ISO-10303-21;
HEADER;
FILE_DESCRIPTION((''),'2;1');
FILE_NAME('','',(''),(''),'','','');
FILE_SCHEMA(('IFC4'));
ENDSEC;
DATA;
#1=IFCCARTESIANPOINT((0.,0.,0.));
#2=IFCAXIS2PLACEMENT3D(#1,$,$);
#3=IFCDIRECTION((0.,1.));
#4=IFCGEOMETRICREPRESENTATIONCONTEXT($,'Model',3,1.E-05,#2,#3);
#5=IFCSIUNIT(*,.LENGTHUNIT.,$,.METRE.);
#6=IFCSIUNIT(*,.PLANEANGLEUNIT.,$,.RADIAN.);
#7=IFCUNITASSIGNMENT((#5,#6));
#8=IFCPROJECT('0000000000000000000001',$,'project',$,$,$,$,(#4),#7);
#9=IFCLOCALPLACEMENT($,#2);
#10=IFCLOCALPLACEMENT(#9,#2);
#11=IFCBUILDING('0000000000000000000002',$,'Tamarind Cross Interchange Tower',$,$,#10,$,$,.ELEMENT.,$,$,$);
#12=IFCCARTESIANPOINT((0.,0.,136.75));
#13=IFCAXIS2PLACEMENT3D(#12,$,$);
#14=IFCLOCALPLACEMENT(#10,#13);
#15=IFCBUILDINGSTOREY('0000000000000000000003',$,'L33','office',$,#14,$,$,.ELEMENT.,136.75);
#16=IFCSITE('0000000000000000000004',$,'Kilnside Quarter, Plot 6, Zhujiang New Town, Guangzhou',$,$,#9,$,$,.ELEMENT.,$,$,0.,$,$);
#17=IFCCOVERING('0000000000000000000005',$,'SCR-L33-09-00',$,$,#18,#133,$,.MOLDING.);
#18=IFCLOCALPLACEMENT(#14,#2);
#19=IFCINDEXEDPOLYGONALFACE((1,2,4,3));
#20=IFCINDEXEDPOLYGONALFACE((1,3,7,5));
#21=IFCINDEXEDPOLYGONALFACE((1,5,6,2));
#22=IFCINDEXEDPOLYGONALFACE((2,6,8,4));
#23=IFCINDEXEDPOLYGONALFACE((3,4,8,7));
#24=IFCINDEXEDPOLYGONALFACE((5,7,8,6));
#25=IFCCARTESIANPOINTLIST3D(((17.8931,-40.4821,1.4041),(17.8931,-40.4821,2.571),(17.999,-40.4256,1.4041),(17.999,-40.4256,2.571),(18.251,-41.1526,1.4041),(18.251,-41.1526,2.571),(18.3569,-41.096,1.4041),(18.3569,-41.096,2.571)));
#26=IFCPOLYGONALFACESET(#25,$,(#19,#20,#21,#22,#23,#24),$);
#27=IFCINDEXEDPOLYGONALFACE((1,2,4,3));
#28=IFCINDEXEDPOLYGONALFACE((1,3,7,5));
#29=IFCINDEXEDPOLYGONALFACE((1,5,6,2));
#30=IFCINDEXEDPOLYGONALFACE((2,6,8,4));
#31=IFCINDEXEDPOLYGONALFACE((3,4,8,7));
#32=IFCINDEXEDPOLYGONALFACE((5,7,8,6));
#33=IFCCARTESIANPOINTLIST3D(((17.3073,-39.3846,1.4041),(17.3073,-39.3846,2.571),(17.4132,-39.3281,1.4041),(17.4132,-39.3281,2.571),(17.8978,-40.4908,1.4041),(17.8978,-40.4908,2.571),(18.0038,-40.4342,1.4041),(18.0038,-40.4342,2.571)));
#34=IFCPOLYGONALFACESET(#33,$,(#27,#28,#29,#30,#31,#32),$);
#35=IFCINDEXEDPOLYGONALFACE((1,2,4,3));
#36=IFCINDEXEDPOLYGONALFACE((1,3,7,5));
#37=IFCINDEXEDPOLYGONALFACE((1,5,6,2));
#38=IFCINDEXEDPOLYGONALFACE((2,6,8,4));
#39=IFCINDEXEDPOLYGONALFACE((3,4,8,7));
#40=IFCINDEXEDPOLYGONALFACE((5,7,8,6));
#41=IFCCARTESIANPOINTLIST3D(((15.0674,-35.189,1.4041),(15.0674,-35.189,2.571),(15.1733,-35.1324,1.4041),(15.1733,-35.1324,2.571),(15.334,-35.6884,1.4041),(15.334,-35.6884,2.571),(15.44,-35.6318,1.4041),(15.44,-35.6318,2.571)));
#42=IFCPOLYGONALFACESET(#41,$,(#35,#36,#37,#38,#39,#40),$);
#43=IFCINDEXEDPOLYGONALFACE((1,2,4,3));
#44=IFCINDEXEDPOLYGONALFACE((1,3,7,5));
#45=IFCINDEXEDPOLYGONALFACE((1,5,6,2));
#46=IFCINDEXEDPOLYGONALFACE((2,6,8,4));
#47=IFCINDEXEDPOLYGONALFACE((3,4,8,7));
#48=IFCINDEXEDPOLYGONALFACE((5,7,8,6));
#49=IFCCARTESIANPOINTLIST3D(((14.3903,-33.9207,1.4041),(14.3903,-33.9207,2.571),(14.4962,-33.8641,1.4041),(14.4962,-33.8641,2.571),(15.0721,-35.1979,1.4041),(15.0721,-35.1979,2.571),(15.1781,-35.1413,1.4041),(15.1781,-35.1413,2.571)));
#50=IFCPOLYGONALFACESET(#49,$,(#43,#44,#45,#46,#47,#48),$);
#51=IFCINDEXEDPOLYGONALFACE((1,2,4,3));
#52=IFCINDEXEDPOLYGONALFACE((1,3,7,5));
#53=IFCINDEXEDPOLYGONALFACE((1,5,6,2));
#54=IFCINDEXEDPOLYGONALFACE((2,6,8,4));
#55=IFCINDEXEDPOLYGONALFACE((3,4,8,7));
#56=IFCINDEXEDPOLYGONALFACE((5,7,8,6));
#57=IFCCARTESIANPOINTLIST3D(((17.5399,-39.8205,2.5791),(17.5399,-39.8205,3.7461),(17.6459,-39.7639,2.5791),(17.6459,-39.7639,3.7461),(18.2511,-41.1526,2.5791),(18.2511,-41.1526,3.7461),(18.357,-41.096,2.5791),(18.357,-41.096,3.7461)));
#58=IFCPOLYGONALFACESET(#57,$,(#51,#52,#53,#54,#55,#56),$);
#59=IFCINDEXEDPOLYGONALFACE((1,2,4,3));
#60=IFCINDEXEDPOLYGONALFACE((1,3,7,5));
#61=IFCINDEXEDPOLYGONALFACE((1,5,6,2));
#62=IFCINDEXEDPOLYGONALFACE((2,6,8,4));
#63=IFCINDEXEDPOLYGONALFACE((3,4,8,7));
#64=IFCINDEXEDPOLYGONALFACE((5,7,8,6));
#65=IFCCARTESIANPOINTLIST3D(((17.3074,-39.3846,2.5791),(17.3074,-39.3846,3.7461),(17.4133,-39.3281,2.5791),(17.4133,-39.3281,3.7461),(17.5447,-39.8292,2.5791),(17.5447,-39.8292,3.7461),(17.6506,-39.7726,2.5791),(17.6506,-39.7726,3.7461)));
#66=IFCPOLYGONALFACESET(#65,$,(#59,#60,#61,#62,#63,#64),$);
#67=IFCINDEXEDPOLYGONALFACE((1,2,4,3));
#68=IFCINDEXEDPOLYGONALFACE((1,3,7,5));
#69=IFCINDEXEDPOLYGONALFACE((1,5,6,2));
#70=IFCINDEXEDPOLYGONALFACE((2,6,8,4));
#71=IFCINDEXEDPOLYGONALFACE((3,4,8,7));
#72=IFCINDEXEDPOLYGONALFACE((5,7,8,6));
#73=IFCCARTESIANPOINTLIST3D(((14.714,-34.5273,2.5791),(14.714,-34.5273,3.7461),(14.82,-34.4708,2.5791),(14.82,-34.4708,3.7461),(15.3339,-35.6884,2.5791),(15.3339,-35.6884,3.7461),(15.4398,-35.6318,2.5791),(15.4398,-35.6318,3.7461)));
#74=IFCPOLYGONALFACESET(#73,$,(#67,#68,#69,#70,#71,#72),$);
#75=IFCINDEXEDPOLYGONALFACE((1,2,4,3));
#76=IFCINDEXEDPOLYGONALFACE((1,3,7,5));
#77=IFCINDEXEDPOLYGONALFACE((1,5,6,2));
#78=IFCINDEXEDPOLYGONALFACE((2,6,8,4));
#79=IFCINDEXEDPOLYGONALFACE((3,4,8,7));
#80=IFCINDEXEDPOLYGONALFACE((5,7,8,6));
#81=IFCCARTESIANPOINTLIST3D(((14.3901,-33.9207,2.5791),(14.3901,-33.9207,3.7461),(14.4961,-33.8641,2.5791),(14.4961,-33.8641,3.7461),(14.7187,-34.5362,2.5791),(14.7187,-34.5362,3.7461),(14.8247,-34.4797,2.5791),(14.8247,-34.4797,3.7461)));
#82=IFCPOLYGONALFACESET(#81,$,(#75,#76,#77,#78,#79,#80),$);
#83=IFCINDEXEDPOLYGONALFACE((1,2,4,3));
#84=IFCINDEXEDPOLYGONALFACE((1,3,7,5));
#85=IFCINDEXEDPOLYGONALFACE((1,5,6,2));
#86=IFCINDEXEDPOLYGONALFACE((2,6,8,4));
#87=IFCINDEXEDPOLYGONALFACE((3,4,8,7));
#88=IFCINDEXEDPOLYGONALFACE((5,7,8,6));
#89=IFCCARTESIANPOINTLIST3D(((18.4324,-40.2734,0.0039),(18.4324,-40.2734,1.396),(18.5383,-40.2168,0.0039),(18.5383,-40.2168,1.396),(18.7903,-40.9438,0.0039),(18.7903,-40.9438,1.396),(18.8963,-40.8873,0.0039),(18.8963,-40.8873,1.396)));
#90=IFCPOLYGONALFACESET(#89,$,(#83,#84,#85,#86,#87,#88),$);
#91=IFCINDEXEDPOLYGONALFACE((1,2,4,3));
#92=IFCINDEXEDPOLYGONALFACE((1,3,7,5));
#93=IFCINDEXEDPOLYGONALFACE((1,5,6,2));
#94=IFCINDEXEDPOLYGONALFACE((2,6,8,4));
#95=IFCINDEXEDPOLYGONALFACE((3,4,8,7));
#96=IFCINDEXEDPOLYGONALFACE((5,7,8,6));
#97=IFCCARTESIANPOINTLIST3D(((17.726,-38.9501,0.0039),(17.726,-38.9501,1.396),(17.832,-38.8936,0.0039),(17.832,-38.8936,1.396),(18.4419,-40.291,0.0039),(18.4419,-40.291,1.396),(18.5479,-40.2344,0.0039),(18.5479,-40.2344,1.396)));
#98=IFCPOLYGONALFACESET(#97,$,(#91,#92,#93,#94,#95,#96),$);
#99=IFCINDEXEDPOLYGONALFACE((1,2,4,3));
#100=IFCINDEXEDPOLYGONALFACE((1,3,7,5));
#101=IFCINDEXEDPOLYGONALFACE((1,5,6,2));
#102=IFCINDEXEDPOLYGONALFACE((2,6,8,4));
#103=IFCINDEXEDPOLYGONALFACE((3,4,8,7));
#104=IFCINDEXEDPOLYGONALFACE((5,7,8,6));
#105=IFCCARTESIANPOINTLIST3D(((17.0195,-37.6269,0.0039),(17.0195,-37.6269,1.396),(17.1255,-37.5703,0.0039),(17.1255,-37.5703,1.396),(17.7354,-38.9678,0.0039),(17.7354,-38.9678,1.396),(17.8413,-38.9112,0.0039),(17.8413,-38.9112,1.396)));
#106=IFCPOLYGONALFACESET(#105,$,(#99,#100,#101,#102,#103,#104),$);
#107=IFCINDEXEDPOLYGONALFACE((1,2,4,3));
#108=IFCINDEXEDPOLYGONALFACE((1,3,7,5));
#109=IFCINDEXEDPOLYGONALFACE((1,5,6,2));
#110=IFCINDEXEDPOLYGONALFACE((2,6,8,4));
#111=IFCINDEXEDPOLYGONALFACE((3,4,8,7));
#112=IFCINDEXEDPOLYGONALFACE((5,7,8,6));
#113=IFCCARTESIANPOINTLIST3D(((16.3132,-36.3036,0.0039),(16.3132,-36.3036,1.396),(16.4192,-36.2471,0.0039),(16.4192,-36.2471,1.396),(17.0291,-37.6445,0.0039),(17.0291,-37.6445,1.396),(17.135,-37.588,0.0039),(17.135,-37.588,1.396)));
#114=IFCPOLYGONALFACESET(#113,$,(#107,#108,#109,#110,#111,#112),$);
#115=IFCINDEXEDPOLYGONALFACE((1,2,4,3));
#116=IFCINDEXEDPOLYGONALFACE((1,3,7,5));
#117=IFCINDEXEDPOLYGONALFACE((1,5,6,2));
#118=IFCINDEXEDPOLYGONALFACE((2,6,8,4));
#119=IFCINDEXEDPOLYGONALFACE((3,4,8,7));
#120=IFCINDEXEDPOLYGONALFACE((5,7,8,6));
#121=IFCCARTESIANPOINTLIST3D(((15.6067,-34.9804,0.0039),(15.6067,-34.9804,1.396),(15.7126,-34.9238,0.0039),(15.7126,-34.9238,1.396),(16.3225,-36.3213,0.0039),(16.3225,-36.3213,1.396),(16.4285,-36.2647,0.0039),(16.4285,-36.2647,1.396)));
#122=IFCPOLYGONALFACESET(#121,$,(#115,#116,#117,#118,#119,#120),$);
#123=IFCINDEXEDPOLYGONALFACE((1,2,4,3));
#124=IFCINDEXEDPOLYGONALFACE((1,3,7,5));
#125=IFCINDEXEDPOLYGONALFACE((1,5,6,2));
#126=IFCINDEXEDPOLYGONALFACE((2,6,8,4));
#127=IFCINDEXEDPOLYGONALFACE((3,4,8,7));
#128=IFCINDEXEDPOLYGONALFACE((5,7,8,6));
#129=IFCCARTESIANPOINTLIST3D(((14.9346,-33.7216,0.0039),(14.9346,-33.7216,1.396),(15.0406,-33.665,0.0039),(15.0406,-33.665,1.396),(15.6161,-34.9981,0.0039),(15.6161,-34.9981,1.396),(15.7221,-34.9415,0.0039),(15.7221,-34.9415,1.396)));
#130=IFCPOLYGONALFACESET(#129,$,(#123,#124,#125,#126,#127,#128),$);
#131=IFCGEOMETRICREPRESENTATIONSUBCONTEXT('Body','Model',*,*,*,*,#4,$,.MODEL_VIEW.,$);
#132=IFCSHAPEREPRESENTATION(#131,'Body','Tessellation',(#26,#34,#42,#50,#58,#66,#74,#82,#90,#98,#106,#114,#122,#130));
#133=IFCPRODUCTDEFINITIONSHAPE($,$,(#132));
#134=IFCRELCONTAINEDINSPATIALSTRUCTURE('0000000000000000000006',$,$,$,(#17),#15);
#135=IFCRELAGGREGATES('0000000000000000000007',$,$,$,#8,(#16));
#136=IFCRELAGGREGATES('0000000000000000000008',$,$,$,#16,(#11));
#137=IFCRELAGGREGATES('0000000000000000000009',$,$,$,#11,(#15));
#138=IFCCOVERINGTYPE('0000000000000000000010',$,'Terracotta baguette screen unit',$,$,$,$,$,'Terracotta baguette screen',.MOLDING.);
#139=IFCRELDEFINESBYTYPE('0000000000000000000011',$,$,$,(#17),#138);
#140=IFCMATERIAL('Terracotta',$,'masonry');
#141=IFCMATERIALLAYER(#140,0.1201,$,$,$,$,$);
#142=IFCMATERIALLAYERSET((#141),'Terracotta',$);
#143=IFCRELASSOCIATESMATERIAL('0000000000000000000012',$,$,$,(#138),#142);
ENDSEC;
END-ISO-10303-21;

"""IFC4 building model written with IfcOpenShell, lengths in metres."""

from ifc_helpers import new_model, si_unit, direction, frame, origin, origin_2d, place, context, subcontext, project, spatial, rectangle, extrude, material, layer, layer_set, type_object, element, save


model = new_model("IFC4")

# Units and contexts
model_context = context("Model", 3, precision=1e-05, world=origin(), true_north=direction((0.0, 1.0)))
body_context = subcontext(model_context, "Body", "Model", "MODEL_VIEW")
ifc_project = project(units=[si_unit("LENGTHUNIT", "METRE"), si_unit("PLANEANGLEUNIT", "RADIAN")], contexts=[model_context])

# Site, building, storey
site_placement = place(None, origin())
site = spatial("IfcSite", under=ifc_project, at=site_placement, Name="Kilnside Quarter, Plot 6, Zhujiang New Town, Guangzhou", CompositionType="ELEMENT", RefElevation=0.0)
building_placement = place(site_placement, origin())
building = spatial("IfcBuilding", under=site, at=building_placement, Name="Tamarind Cross Interchange Tower", CompositionType="ELEMENT")
storey_placement = place(building_placement, frame((0.0, 0.0, 136.75)))
storey = spatial("IfcBuildingStorey", under=building, at=storey_placement, Name="L33", Description="office", CompositionType="ELEMENT", Elevation=136.75)

# Covering
ifc_material_1 = material(Name="Terracotta", Category="masonry")
ifc_layer_1 = layer(ifc_material_1, 0.1201)
ifc_layer_set_1 = layer_set([ifc_layer_1], Name="Terracotta")
covering_type = type_object("IfcCoveringType", Name="Terracotta baguette screen unit", ElementType="Terracotta baguette screen", PredefinedType="MOLDING", material=ifc_layer_set_1)
covering_1_placement = place(storey_placement, origin())
element("IfcCovering", 1, at=covering_1_placement, inside=storey, type_object=covering_type, Name="SCR-L33-09-00", PredefinedType="MOLDING", context=body_context, shape_type="SweptSolid", body=[
    extrude(rectangle(XDim=0.76, YDim=0.1201, at=origin_2d()), frame((18.125, -40.7891, 1.4041), z_axis=(0.0, 0.0, 1.0), x_axis=(-0.470959, 0.882155, 0.0)), (0.0, 0.0, 1.0), 1.167),
    extrude(rectangle(XDim=1.2539, YDim=0.1201, at=origin_2d()), frame((17.6555, -39.9094, 1.4041), z_axis=(0.0, 0.0, 1.0), x_axis=(-0.470959, 0.882155, 0.0)), (0.0, 0.0, 1.0), 1.167),
    extrude(rectangle(XDim=0.5662, YDim=0.1201, at=origin_2d()), frame((15.2537, -35.4104, 1.4041), z_axis=(0.0, 0.0, 1.0), x_axis=(-0.470959, 0.882155, 0.0)), (0.0, 0.0, 1.0), 1.167),
    extrude(rectangle(XDim=1.4478, YDim=0.1201, at=origin_2d()), frame((14.7842, -34.531, 1.4041), z_axis=(0.0, 0.0, 1.0), x_axis=(-0.470959, 0.882155, 0.0)), (0.0, 0.0, 1.0), 1.167),
    extrude(rectangle(XDim=1.51, YDim=0.1201, at=origin_2d()), frame((17.9485, -40.4583, 2.5791), z_axis=(0.0, 0.0, 1.0), x_axis=(-0.470959, 0.882155, 0.0)), (0.0, 0.0, 1.0), 1.167),
    extrude(rectangle(XDim=0.5039, YDim=0.1201, at=origin_2d()), frame((17.479, -39.5786, 2.5791), z_axis=(0.0, 0.0, 1.0), x_axis=(-0.470959, 0.882155, 0.0)), (0.0, 0.0, 1.0), 1.167),
    extrude(rectangle(XDim=1.3162, YDim=0.1201, at=origin_2d()), frame((15.0769, -35.0796, 2.5791), z_axis=(0.0, 0.0, 1.0), x_axis=(-0.470959, 0.882155, 0.0)), (0.0, 0.0, 1.0), 1.167),
    extrude(rectangle(XDim=0.6978, YDim=0.1201, at=origin_2d()), frame((14.6074, -34.2002, 2.5791), z_axis=(0.0, 0.0, 1.0), x_axis=(-0.470959, 0.882155, 0.0)), (0.0, 0.0, 1.0), 1.167),
    extrude(rectangle(XDim=0.76, YDim=0.1201, at=origin_2d()), frame((18.6643, -40.5803, 0.0039), z_axis=(0.0, 0.0, 1.0), x_axis=(-0.470959, 0.882155, 0.0)), (0.0, 0.0, 1.0), 1.3921),
    extrude(rectangle(XDim=1.52, YDim=0.1201, at=origin_2d()), frame((18.137, -39.5923, 0.0039), z_axis=(0.0, 0.0, 1.0), x_axis=(-0.470959, 0.882155, 0.0)), (0.0, 0.0, 1.0), 1.3921),
    extrude(rectangle(XDim=1.52, YDim=0.1201, at=origin_2d()), frame((17.4304, -38.269, 0.0039), z_axis=(0.0, 0.0, 1.0), x_axis=(-0.470959, 0.882155, 0.0)), (0.0, 0.0, 1.0), 1.3921),
    extrude(rectangle(XDim=1.52, YDim=0.1201, at=origin_2d()), frame((16.7241, -36.9458, 0.0039), z_axis=(0.0, 0.0, 1.0), x_axis=(-0.470959, 0.882155, 0.0)), (0.0, 0.0, 1.0), 1.3921),
    extrude(rectangle(XDim=1.52, YDim=0.1201, at=origin_2d()), frame((16.0176, -35.6226, 0.0039), z_axis=(0.0, 0.0, 1.0), x_axis=(-0.470959, 0.882155, 0.0)), (0.0, 0.0, 1.0), 1.3921),
    extrude(rectangle(XDim=1.447, YDim=0.1201, at=origin_2d()), frame((15.3284, -34.3315, 0.0039), z_axis=(0.0, 0.0, 1.0), x_axis=(-0.470959, 0.882155, 0.0)), (0.0, 0.0, 1.0), 1.3921),
])

save(model, "model.ifc")
